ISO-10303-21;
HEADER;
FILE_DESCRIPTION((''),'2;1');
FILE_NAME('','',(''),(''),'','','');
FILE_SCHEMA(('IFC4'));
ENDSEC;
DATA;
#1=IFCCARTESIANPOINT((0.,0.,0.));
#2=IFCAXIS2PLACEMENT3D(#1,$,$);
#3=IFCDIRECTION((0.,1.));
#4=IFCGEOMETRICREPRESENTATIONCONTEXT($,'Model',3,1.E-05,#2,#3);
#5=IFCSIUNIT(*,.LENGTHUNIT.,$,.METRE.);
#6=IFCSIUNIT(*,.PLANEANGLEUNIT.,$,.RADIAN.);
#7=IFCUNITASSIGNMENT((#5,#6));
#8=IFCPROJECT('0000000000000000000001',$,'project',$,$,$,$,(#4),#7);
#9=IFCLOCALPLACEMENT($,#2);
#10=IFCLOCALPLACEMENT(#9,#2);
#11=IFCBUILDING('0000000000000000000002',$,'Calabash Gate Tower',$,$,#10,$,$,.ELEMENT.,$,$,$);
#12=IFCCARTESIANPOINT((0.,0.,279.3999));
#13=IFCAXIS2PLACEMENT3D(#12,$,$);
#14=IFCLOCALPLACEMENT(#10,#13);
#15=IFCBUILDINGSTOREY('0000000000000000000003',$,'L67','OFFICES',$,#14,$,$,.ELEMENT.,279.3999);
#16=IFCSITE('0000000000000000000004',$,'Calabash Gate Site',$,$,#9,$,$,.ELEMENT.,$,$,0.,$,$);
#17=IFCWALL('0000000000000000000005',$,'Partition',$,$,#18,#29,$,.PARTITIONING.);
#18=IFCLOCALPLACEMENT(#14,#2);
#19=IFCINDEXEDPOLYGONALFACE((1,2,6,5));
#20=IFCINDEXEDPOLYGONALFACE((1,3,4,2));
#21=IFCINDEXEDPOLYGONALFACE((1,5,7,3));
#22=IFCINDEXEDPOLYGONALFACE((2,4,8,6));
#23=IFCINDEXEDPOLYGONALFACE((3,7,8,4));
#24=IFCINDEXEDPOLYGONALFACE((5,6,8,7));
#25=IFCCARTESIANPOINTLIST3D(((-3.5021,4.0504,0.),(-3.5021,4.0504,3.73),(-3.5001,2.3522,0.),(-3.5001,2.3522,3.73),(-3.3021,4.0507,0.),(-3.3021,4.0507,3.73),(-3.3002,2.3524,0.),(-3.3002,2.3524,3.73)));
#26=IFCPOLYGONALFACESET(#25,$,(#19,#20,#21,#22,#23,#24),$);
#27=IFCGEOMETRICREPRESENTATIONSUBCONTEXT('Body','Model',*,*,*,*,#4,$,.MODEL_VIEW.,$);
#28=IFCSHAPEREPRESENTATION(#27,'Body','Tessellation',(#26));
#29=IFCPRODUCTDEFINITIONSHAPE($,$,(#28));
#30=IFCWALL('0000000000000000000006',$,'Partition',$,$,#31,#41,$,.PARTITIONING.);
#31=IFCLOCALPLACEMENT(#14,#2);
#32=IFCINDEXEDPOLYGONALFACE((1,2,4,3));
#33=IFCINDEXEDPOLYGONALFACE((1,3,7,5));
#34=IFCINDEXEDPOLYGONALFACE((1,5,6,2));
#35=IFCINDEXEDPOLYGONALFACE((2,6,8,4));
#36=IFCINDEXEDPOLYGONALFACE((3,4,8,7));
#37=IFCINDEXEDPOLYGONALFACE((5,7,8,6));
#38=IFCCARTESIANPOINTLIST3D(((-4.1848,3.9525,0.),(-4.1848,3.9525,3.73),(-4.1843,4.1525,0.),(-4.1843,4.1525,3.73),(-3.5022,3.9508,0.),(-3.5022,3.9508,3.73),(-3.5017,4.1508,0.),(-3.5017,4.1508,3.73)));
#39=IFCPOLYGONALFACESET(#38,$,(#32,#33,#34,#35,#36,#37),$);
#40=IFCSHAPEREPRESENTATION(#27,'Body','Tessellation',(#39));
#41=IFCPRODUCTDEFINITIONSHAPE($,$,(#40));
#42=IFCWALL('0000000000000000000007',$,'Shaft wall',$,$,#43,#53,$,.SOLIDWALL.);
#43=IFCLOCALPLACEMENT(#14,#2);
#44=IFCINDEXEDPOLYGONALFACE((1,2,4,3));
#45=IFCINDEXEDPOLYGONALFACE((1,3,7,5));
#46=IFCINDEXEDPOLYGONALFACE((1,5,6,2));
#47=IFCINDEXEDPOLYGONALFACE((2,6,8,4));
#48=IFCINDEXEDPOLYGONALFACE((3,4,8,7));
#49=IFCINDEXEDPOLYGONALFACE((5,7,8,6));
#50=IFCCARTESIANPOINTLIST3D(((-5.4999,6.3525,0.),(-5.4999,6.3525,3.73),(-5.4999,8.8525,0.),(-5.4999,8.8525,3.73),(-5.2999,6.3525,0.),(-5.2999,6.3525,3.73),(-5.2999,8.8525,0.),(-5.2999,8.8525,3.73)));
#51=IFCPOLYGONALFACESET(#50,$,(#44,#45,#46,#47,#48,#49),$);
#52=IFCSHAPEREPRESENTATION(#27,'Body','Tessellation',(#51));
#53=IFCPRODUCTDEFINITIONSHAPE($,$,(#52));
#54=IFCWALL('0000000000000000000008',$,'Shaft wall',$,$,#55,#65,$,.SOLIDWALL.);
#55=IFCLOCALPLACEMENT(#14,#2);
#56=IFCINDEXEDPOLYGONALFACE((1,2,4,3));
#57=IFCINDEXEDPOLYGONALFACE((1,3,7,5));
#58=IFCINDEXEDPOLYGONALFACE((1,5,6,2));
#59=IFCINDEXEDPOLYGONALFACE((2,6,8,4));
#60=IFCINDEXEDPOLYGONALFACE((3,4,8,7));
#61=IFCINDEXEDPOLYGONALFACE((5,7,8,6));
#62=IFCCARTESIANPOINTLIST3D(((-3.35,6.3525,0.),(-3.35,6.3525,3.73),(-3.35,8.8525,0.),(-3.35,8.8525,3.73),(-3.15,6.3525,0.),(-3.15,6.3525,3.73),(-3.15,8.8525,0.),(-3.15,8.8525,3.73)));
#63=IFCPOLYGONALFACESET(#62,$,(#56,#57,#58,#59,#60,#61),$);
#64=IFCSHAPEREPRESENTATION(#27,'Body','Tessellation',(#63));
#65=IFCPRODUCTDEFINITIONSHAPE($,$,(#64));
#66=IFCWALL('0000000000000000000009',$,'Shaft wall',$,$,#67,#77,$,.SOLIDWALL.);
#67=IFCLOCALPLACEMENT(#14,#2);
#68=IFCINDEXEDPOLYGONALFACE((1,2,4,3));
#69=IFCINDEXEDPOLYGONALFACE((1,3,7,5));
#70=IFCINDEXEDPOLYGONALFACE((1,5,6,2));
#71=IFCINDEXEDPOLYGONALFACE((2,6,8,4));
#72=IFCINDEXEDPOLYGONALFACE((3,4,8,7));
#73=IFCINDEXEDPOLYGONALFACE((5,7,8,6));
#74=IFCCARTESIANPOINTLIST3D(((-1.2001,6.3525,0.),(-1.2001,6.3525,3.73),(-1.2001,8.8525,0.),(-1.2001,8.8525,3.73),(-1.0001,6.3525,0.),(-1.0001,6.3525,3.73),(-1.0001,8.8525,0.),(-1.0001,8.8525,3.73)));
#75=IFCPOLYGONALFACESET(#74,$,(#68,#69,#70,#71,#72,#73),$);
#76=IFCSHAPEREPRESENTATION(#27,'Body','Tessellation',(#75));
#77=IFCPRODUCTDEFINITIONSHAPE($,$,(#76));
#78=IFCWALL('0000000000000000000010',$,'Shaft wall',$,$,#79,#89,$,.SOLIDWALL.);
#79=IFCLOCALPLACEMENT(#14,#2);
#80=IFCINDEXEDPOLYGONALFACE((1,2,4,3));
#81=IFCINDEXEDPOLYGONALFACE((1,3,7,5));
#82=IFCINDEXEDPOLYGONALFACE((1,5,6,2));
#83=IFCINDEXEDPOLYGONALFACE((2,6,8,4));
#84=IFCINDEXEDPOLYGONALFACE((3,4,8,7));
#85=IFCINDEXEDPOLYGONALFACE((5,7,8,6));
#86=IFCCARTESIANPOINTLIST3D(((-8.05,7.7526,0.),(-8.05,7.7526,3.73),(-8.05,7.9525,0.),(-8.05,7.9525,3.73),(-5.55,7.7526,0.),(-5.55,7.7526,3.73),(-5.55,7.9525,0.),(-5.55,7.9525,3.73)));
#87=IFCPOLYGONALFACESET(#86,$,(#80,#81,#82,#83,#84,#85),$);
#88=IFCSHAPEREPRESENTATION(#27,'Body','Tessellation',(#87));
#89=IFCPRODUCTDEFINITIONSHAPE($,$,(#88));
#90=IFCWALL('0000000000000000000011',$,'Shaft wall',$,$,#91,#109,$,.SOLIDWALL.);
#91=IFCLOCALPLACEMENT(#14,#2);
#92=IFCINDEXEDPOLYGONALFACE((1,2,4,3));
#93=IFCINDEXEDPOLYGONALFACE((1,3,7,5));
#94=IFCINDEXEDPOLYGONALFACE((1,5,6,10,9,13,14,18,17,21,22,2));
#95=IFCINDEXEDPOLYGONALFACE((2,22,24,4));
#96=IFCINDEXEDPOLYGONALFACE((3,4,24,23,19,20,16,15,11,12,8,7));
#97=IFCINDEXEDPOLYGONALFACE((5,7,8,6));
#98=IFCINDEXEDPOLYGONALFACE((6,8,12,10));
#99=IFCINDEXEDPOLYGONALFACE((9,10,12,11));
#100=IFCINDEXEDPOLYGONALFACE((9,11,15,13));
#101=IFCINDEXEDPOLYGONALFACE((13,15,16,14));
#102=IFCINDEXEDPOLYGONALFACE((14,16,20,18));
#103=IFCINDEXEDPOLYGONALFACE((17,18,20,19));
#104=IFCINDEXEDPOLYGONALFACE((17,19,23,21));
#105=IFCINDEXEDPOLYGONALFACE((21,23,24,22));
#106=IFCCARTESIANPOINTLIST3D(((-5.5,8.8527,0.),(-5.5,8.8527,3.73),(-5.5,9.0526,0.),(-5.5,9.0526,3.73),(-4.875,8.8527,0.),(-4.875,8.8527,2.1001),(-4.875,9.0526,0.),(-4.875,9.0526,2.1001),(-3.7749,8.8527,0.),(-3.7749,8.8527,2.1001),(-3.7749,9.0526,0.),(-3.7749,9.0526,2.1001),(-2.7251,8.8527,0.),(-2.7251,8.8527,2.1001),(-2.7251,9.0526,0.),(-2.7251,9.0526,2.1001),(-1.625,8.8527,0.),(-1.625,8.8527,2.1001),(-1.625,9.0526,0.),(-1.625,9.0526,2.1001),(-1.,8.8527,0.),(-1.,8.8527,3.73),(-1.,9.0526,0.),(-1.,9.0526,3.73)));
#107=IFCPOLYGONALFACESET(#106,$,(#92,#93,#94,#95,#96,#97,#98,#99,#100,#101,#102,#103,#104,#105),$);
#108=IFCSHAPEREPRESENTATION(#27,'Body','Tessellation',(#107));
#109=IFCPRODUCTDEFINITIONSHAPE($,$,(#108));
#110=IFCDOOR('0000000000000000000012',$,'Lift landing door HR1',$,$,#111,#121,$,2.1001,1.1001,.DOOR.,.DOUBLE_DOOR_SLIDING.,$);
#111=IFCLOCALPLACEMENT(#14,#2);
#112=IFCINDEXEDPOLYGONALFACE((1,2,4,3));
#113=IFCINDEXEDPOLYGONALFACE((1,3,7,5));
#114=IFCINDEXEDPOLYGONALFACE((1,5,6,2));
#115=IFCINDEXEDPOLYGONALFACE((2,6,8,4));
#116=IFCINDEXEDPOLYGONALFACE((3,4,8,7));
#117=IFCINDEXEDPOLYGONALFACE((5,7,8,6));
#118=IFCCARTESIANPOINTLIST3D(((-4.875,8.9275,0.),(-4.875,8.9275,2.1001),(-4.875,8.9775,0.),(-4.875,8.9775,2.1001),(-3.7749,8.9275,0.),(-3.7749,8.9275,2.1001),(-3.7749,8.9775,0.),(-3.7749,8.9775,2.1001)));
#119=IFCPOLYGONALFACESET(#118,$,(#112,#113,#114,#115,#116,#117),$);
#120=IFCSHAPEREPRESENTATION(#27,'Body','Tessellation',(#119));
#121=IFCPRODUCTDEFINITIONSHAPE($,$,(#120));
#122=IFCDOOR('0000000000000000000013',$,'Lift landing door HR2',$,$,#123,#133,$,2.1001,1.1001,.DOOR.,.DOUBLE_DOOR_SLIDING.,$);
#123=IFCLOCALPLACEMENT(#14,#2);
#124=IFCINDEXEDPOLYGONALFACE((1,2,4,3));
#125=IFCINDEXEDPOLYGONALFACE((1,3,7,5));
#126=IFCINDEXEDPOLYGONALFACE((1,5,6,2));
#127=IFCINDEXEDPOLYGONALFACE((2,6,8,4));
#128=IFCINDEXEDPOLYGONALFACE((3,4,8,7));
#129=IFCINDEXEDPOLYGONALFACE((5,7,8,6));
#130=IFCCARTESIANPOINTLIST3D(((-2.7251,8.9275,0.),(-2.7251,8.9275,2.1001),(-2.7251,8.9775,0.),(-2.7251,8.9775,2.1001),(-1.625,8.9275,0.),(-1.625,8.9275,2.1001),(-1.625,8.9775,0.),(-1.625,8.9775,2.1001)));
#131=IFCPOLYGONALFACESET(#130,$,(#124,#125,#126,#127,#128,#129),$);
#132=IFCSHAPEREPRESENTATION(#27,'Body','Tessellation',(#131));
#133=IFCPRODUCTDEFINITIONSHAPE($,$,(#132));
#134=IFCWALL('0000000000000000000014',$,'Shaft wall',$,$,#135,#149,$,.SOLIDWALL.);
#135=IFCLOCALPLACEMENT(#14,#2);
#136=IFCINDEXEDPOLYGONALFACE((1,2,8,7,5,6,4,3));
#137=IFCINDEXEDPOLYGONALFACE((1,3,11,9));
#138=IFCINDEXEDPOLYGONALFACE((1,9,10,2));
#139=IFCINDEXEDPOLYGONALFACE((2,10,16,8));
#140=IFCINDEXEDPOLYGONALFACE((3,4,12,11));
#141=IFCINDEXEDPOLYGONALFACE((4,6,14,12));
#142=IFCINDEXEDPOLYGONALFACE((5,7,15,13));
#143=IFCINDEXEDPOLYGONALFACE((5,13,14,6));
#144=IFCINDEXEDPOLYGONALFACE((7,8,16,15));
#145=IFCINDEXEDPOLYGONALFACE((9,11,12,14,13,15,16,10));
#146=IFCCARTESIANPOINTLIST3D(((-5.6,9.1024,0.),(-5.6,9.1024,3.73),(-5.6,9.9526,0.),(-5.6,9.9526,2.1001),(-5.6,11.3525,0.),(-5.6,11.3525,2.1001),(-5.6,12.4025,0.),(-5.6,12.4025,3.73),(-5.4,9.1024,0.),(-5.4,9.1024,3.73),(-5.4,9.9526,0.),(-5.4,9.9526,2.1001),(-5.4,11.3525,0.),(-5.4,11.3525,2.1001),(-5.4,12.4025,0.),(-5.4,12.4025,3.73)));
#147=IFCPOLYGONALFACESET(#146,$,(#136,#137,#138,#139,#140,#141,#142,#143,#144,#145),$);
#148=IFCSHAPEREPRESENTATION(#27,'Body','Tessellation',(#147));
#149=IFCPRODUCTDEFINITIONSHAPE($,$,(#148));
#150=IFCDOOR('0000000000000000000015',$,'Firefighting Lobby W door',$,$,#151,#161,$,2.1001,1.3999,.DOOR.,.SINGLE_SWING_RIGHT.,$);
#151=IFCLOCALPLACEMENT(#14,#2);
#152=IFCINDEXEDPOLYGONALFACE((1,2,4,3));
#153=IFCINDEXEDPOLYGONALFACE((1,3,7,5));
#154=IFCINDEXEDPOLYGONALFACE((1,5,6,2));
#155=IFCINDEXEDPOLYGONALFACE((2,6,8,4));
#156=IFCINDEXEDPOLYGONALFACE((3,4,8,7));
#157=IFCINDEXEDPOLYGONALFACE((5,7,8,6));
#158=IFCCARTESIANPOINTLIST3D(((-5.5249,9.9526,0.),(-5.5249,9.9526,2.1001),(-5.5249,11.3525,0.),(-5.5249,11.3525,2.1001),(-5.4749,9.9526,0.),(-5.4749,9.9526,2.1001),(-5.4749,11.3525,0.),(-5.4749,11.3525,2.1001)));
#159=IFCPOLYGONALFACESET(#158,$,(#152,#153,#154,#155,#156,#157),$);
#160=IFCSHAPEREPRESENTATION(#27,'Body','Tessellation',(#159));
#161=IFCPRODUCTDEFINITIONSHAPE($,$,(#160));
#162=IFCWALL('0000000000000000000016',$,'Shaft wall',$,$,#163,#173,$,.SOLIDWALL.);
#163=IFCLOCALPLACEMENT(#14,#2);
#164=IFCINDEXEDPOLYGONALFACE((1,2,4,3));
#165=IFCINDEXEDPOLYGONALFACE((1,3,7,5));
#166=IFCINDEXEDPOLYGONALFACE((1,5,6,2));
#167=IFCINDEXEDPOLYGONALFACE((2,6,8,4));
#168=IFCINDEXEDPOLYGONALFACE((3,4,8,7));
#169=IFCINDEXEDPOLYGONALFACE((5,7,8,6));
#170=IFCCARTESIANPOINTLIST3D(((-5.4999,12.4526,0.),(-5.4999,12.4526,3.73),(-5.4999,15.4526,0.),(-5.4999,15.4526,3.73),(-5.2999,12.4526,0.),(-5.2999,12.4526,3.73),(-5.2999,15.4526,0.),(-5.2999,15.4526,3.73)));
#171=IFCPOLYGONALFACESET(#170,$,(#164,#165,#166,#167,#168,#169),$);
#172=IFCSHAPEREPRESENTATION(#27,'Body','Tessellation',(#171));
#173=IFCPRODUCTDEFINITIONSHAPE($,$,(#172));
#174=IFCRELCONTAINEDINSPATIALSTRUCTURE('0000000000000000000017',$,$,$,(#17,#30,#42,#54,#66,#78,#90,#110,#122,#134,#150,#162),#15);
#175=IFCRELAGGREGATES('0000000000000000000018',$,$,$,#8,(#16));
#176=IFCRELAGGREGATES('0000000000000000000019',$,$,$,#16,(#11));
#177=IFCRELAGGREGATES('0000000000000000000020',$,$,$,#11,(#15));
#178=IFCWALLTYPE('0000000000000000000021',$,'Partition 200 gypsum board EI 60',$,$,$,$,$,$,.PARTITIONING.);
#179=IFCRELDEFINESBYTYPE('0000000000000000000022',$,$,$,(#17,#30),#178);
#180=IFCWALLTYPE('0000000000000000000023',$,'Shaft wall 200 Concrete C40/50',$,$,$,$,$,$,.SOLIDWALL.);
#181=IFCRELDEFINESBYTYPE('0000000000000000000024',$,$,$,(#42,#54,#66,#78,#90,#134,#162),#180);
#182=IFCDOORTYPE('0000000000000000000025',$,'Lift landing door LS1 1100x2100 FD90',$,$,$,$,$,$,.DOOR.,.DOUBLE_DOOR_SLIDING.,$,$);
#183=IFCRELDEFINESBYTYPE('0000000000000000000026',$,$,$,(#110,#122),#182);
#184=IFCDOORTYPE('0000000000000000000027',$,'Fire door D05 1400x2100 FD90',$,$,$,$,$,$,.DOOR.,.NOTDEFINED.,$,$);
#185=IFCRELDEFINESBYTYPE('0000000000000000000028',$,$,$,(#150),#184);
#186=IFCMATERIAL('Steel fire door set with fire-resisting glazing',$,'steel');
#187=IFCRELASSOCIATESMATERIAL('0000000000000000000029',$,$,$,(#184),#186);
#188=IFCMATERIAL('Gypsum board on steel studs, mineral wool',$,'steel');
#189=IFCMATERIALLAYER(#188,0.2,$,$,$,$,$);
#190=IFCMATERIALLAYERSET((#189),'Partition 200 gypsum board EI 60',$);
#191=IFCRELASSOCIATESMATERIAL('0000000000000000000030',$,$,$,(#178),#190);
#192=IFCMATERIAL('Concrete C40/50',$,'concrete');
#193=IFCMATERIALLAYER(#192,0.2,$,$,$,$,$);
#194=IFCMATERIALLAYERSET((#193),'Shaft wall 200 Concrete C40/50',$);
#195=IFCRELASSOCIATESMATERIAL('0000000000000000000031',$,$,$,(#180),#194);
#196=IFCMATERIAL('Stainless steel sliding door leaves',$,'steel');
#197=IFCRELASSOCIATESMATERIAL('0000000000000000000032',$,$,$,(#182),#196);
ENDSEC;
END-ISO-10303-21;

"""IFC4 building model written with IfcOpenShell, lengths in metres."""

from ifc_helpers import new_model, si_unit, direction, frame, frame_2d, origin, place, context, subcontext, project, spatial, rectangle, extrude, material, layer, layer_set, type_object, element, fill, save


model = new_model("IFC4")

# Units and contexts
model_context = context("Model", 3, precision=1e-05, world=origin(), true_north=direction((0.0, 1.0)))
body_context = subcontext(model_context, "Body", "Model", "MODEL_VIEW")
ifc_project = project(units=[si_unit("LENGTHUNIT", "METRE"), si_unit("PLANEANGLEUNIT", "RADIAN")], contexts=[model_context])

# Site, building, storey
site_placement = place(None, origin())
site = spatial("IfcSite", under=ifc_project, at=site_placement, Name="Calabash Gate Site", CompositionType="ELEMENT", RefElevation=0.0)
building_placement = place(site_placement, origin())
building = spatial("IfcBuilding", under=site, at=building_placement, Name="Calabash Gate Tower", CompositionType="ELEMENT")
storey_placement = place(building_placement, frame((0.0, 0.0, 279.3999)))
storey = spatial("IfcBuildingStorey", under=building, at=storey_placement, Name="L67", Description="OFFICES", CompositionType="ELEMENT", Elevation=279.3999)

# Shared definitions
ifc_material_1 = material(Name="Steel fire door set with fire-resisting glazing", Category="steel")
door_type_1 = type_object("IfcDoorType", Name="Fire door D05 1400x2100 FD90", OperationType="NOTDEFINED", PredefinedType="DOOR", material=ifc_material_1)

# Walls
ifc_material_2 = material(Name="Gypsum board on steel studs, mineral wool", Category="steel")
ifc_layer_1 = layer(ifc_material_2, 0.2)
ifc_layer_set_1 = layer_set([ifc_layer_1], Name="Partition 200 gypsum board EI 60")
wall_type_1 = type_object("IfcWallType", Name="Partition 200 gypsum board EI 60", PredefinedType="PARTITIONING", material=ifc_layer_set_1)
wall_1_placement = place(storey_placement, frame((-3.4021, 4.0505, 0.0), z_axis=(0.0, 0.0, 1.0), x_axis=(0.00115, -0.999999, 0.0)))
element("IfcWall", 1, at=wall_1_placement, inside=storey, type_object=wall_type_1, Name="Partition", PredefinedType="PARTITIONING", context=body_context, shape_type="SweptSolid", body=[
    extrude(rectangle(XDim=1.6982, YDim=0.2, at=frame_2d((0.8491, 0.0))), origin(), (0.0, 0.0, 1.0), 3.73),
])
wall_2_placement = place(storey_placement, frame((-4.1846, 4.0525, 0.0), z_axis=(0.0, 0.0, 1.0), x_axis=(0.999997, -0.002504, 0.0)))
element("IfcWall", 2, at=wall_2_placement, inside=storey, type_object=wall_type_1, Name="Partition", PredefinedType="PARTITIONING", context=body_context, shape_type="SweptSolid", body=[
    extrude(rectangle(XDim=0.6826, YDim=0.2, at=frame_2d((0.3413, 0.0))), origin(), (0.0, 0.0, 1.0), 3.73),
])
ifc_material_3 = material(Name="Concrete C40/50", Category="concrete")
ifc_layer_2 = layer(ifc_material_3, 0.2)
ifc_layer_set_2 = layer_set([ifc_layer_2], Name="Shaft wall 200 Concrete C40/50")
wall_type_2 = type_object("IfcWallType", Name="Shaft wall 200 Concrete C40/50", PredefinedType="SOLIDWALL", material=ifc_layer_set_2)
for number, where, z_axis, x_axis, name in (
    (3, (-5.3999, 6.3525, 0.0), (0.0, 0.0, 1.0), (0.0, 1.0, 0.0), "Shaft wall"),
    (4, (-3.25, 6.3525, 0.0), (0.0, 0.0, 1.0), (0.0, 1.0, 0.0), "Shaft wall"),
    (5, (-1.1001, 6.3525, 0.0), (0.0, 0.0, 1.0), (0.0, 1.0, 0.0), "Shaft wall"),
    (6, (-8.05, 7.8525, 0.0), (0.0, 0.0, 1.0), (1.0, 0.0, 0.0), "Shaft wall"),
):
    element("IfcWall", number, at=place(storey_placement, frame(where, z_axis=z_axis, x_axis=x_axis)), inside=storey, type_object=wall_type_2, Name=name, PredefinedType="SOLIDWALL", context=body_context, shape_type="SweptSolid", body=[
        extrude(rectangle(XDim=2.5, YDim=0.2, at=frame_2d((1.25, 0.0))), origin(), (0.0, 0.0, 1.0), 3.73),
    ])

# Wall, openings, doors
wall_3_placement = place(storey_placement, frame((-5.5, 8.9526, 0.0), z_axis=(0.0, 0.0, 1.0), x_axis=(1.0, 0.0, 0.0)))
wall_3 = element("IfcWall", 7, at=wall_3_placement, inside=storey, type_object=wall_type_2, Name="Shaft wall", PredefinedType="SOLIDWALL", context=body_context, shape_type="SweptSolid", body=[
    extrude(rectangle(XDim=4.5, YDim=0.2, at=frame_2d((2.25, 0.0))), origin(), (0.0, 0.0, 1.0), 3.73),
])
opening_1_placement = place(wall_3_placement, frame((0.625, 0.0, 0.0)))
opening_1 = element("IfcOpeningElement", 8, at=opening_1_placement, cuts=wall_3, PredefinedType="OPENING", context=body_context, shape_type="SweptSolid", body=[
    extrude(rectangle(XDim=1.1001, YDim=2.1001, at=frame_2d((0.55, 1.05))), frame((0.0, 0.1099, 0.0), z_axis=(0.0, -1.0, 0.0), x_axis=(1.0, 0.0, 0.0)), (0.0, 0.0, 1.0), 0.22),
])
opening_2_placement = place(wall_3_placement, frame((2.7749, 0.0, 0.0)))
opening_2 = element("IfcOpeningElement", 9, at=opening_2_placement, cuts=wall_3, PredefinedType="OPENING", context=body_context, shape_type="SweptSolid", body=[
    extrude(rectangle(XDim=1.1001, YDim=2.1001, at=frame_2d((0.55, 1.05))), frame((0.0, 0.1099, 0.0), z_axis=(0.0, -1.0, 0.0), x_axis=(1.0, 0.0, 0.0)), (0.0, 0.0, 1.0), 0.22),
])
ifc_material_4 = material(Name="Stainless steel sliding door leaves", Category="steel")
door_type_2 = type_object("IfcDoorType", Name="Lift landing door LS1 1100x2100 FD90", OperationType="DOUBLE_DOOR_SLIDING", PredefinedType="DOOR", material=ifc_material_4)
door_1_placement = place(opening_1_placement, origin())
door_1 = element("IfcDoor", 10, at=door_1_placement, inside=storey, type_object=door_type_2, Name="Lift landing door HR1", OperationType="DOUBLE_DOOR_SLIDING", OverallHeight=2.1001, OverallWidth=1.1001, PredefinedType="DOOR", context=body_context, shape_type="SweptSolid", body=[
    extrude(rectangle(XDim=1.1001, YDim=2.1001, at=frame_2d((0.55, 1.05))), frame((0.0, 0.0249, 0.0), z_axis=(0.0, -1.0, 0.0), x_axis=(1.0, 0.0, 0.0)), (0.0, 0.0, 1.0), 0.05),
])
fill(opening_1, door_1)
door_2_placement = place(opening_2_placement, origin())
door_2 = element("IfcDoor", 11, at=door_2_placement, inside=storey, type_object=door_type_2, Name="Lift landing door HR2", OperationType="DOUBLE_DOOR_SLIDING", OverallHeight=2.1001, OverallWidth=1.1001, PredefinedType="DOOR", context=body_context, shape_type="SweptSolid", body=[
    extrude(rectangle(XDim=1.1001, YDim=2.1001, at=frame_2d((0.55, 1.05))), frame((0.0, 0.0249, 0.0), z_axis=(0.0, -1.0, 0.0), x_axis=(1.0, 0.0, 0.0)), (0.0, 0.0, 1.0), 0.05),
])
fill(opening_2, door_2)

# Wall, opening, door
wall_4_placement = place(storey_placement, frame((-5.5, 9.1025, 0.0), z_axis=(0.0, 0.0, 1.0), x_axis=(0.0, 1.0, 0.0)))
wall_4 = element("IfcWall", 12, at=wall_4_placement, inside=storey, type_object=wall_type_2, Name="Shaft wall", PredefinedType="SOLIDWALL", context=body_context, shape_type="SweptSolid", body=[
    extrude(rectangle(XDim=3.3, YDim=0.2, at=frame_2d((1.6499, 0.0))), origin(), (0.0, 0.0, 1.0), 3.73),
])
opening_3_placement = place(wall_4_placement, frame((0.8501, 0.0, 0.0)))
opening_3 = element("IfcOpeningElement", 13, at=opening_3_placement, cuts=wall_4, PredefinedType="OPENING", context=body_context, shape_type="SweptSolid", body=[
    extrude(rectangle(XDim=1.3999, YDim=2.1001, at=frame_2d((0.7, 1.05))), frame((0.0, 0.1099, 0.0), z_axis=(0.0, -1.0, 0.0), x_axis=(1.0, 0.0, 0.0)), (0.0, 0.0, 1.0), 0.22),
])
door_3_placement = place(opening_3_placement, origin())
door_3 = element("IfcDoor", 14, at=door_3_placement, inside=storey, type_object=door_type_1, Name="Firefighting Lobby W door", OperationType="SINGLE_SWING_RIGHT", OverallHeight=2.1001, OverallWidth=1.3999, PredefinedType="DOOR", context=body_context, shape_type="SweptSolid", body=[
    extrude(rectangle(XDim=1.3999, YDim=2.1001, at=frame_2d((0.7, 1.05))), frame((0.0, 0.0249, 0.0), z_axis=(0.0, -1.0, 0.0), x_axis=(1.0, 0.0, 0.0)), (0.0, 0.0, 1.0), 0.05),
])
fill(opening_3, door_3)

# Wall
wall_5_placement = place(storey_placement, frame((-5.3999, 12.4526, 0.0), z_axis=(0.0, 0.0, 1.0), x_axis=(0.0, 1.0, 0.0)))
element("IfcWall", 15, at=wall_5_placement, inside=storey, type_object=wall_type_2, Name="Shaft wall", PredefinedType="SOLIDWALL", context=body_context, shape_type="SweptSolid", body=[
    extrude(rectangle(XDim=3.0, YDim=0.2, at=frame_2d((1.5, 0.0))), origin(), (0.0, 0.0, 1.0), 3.73),
])

save(model, "model.ifc")
